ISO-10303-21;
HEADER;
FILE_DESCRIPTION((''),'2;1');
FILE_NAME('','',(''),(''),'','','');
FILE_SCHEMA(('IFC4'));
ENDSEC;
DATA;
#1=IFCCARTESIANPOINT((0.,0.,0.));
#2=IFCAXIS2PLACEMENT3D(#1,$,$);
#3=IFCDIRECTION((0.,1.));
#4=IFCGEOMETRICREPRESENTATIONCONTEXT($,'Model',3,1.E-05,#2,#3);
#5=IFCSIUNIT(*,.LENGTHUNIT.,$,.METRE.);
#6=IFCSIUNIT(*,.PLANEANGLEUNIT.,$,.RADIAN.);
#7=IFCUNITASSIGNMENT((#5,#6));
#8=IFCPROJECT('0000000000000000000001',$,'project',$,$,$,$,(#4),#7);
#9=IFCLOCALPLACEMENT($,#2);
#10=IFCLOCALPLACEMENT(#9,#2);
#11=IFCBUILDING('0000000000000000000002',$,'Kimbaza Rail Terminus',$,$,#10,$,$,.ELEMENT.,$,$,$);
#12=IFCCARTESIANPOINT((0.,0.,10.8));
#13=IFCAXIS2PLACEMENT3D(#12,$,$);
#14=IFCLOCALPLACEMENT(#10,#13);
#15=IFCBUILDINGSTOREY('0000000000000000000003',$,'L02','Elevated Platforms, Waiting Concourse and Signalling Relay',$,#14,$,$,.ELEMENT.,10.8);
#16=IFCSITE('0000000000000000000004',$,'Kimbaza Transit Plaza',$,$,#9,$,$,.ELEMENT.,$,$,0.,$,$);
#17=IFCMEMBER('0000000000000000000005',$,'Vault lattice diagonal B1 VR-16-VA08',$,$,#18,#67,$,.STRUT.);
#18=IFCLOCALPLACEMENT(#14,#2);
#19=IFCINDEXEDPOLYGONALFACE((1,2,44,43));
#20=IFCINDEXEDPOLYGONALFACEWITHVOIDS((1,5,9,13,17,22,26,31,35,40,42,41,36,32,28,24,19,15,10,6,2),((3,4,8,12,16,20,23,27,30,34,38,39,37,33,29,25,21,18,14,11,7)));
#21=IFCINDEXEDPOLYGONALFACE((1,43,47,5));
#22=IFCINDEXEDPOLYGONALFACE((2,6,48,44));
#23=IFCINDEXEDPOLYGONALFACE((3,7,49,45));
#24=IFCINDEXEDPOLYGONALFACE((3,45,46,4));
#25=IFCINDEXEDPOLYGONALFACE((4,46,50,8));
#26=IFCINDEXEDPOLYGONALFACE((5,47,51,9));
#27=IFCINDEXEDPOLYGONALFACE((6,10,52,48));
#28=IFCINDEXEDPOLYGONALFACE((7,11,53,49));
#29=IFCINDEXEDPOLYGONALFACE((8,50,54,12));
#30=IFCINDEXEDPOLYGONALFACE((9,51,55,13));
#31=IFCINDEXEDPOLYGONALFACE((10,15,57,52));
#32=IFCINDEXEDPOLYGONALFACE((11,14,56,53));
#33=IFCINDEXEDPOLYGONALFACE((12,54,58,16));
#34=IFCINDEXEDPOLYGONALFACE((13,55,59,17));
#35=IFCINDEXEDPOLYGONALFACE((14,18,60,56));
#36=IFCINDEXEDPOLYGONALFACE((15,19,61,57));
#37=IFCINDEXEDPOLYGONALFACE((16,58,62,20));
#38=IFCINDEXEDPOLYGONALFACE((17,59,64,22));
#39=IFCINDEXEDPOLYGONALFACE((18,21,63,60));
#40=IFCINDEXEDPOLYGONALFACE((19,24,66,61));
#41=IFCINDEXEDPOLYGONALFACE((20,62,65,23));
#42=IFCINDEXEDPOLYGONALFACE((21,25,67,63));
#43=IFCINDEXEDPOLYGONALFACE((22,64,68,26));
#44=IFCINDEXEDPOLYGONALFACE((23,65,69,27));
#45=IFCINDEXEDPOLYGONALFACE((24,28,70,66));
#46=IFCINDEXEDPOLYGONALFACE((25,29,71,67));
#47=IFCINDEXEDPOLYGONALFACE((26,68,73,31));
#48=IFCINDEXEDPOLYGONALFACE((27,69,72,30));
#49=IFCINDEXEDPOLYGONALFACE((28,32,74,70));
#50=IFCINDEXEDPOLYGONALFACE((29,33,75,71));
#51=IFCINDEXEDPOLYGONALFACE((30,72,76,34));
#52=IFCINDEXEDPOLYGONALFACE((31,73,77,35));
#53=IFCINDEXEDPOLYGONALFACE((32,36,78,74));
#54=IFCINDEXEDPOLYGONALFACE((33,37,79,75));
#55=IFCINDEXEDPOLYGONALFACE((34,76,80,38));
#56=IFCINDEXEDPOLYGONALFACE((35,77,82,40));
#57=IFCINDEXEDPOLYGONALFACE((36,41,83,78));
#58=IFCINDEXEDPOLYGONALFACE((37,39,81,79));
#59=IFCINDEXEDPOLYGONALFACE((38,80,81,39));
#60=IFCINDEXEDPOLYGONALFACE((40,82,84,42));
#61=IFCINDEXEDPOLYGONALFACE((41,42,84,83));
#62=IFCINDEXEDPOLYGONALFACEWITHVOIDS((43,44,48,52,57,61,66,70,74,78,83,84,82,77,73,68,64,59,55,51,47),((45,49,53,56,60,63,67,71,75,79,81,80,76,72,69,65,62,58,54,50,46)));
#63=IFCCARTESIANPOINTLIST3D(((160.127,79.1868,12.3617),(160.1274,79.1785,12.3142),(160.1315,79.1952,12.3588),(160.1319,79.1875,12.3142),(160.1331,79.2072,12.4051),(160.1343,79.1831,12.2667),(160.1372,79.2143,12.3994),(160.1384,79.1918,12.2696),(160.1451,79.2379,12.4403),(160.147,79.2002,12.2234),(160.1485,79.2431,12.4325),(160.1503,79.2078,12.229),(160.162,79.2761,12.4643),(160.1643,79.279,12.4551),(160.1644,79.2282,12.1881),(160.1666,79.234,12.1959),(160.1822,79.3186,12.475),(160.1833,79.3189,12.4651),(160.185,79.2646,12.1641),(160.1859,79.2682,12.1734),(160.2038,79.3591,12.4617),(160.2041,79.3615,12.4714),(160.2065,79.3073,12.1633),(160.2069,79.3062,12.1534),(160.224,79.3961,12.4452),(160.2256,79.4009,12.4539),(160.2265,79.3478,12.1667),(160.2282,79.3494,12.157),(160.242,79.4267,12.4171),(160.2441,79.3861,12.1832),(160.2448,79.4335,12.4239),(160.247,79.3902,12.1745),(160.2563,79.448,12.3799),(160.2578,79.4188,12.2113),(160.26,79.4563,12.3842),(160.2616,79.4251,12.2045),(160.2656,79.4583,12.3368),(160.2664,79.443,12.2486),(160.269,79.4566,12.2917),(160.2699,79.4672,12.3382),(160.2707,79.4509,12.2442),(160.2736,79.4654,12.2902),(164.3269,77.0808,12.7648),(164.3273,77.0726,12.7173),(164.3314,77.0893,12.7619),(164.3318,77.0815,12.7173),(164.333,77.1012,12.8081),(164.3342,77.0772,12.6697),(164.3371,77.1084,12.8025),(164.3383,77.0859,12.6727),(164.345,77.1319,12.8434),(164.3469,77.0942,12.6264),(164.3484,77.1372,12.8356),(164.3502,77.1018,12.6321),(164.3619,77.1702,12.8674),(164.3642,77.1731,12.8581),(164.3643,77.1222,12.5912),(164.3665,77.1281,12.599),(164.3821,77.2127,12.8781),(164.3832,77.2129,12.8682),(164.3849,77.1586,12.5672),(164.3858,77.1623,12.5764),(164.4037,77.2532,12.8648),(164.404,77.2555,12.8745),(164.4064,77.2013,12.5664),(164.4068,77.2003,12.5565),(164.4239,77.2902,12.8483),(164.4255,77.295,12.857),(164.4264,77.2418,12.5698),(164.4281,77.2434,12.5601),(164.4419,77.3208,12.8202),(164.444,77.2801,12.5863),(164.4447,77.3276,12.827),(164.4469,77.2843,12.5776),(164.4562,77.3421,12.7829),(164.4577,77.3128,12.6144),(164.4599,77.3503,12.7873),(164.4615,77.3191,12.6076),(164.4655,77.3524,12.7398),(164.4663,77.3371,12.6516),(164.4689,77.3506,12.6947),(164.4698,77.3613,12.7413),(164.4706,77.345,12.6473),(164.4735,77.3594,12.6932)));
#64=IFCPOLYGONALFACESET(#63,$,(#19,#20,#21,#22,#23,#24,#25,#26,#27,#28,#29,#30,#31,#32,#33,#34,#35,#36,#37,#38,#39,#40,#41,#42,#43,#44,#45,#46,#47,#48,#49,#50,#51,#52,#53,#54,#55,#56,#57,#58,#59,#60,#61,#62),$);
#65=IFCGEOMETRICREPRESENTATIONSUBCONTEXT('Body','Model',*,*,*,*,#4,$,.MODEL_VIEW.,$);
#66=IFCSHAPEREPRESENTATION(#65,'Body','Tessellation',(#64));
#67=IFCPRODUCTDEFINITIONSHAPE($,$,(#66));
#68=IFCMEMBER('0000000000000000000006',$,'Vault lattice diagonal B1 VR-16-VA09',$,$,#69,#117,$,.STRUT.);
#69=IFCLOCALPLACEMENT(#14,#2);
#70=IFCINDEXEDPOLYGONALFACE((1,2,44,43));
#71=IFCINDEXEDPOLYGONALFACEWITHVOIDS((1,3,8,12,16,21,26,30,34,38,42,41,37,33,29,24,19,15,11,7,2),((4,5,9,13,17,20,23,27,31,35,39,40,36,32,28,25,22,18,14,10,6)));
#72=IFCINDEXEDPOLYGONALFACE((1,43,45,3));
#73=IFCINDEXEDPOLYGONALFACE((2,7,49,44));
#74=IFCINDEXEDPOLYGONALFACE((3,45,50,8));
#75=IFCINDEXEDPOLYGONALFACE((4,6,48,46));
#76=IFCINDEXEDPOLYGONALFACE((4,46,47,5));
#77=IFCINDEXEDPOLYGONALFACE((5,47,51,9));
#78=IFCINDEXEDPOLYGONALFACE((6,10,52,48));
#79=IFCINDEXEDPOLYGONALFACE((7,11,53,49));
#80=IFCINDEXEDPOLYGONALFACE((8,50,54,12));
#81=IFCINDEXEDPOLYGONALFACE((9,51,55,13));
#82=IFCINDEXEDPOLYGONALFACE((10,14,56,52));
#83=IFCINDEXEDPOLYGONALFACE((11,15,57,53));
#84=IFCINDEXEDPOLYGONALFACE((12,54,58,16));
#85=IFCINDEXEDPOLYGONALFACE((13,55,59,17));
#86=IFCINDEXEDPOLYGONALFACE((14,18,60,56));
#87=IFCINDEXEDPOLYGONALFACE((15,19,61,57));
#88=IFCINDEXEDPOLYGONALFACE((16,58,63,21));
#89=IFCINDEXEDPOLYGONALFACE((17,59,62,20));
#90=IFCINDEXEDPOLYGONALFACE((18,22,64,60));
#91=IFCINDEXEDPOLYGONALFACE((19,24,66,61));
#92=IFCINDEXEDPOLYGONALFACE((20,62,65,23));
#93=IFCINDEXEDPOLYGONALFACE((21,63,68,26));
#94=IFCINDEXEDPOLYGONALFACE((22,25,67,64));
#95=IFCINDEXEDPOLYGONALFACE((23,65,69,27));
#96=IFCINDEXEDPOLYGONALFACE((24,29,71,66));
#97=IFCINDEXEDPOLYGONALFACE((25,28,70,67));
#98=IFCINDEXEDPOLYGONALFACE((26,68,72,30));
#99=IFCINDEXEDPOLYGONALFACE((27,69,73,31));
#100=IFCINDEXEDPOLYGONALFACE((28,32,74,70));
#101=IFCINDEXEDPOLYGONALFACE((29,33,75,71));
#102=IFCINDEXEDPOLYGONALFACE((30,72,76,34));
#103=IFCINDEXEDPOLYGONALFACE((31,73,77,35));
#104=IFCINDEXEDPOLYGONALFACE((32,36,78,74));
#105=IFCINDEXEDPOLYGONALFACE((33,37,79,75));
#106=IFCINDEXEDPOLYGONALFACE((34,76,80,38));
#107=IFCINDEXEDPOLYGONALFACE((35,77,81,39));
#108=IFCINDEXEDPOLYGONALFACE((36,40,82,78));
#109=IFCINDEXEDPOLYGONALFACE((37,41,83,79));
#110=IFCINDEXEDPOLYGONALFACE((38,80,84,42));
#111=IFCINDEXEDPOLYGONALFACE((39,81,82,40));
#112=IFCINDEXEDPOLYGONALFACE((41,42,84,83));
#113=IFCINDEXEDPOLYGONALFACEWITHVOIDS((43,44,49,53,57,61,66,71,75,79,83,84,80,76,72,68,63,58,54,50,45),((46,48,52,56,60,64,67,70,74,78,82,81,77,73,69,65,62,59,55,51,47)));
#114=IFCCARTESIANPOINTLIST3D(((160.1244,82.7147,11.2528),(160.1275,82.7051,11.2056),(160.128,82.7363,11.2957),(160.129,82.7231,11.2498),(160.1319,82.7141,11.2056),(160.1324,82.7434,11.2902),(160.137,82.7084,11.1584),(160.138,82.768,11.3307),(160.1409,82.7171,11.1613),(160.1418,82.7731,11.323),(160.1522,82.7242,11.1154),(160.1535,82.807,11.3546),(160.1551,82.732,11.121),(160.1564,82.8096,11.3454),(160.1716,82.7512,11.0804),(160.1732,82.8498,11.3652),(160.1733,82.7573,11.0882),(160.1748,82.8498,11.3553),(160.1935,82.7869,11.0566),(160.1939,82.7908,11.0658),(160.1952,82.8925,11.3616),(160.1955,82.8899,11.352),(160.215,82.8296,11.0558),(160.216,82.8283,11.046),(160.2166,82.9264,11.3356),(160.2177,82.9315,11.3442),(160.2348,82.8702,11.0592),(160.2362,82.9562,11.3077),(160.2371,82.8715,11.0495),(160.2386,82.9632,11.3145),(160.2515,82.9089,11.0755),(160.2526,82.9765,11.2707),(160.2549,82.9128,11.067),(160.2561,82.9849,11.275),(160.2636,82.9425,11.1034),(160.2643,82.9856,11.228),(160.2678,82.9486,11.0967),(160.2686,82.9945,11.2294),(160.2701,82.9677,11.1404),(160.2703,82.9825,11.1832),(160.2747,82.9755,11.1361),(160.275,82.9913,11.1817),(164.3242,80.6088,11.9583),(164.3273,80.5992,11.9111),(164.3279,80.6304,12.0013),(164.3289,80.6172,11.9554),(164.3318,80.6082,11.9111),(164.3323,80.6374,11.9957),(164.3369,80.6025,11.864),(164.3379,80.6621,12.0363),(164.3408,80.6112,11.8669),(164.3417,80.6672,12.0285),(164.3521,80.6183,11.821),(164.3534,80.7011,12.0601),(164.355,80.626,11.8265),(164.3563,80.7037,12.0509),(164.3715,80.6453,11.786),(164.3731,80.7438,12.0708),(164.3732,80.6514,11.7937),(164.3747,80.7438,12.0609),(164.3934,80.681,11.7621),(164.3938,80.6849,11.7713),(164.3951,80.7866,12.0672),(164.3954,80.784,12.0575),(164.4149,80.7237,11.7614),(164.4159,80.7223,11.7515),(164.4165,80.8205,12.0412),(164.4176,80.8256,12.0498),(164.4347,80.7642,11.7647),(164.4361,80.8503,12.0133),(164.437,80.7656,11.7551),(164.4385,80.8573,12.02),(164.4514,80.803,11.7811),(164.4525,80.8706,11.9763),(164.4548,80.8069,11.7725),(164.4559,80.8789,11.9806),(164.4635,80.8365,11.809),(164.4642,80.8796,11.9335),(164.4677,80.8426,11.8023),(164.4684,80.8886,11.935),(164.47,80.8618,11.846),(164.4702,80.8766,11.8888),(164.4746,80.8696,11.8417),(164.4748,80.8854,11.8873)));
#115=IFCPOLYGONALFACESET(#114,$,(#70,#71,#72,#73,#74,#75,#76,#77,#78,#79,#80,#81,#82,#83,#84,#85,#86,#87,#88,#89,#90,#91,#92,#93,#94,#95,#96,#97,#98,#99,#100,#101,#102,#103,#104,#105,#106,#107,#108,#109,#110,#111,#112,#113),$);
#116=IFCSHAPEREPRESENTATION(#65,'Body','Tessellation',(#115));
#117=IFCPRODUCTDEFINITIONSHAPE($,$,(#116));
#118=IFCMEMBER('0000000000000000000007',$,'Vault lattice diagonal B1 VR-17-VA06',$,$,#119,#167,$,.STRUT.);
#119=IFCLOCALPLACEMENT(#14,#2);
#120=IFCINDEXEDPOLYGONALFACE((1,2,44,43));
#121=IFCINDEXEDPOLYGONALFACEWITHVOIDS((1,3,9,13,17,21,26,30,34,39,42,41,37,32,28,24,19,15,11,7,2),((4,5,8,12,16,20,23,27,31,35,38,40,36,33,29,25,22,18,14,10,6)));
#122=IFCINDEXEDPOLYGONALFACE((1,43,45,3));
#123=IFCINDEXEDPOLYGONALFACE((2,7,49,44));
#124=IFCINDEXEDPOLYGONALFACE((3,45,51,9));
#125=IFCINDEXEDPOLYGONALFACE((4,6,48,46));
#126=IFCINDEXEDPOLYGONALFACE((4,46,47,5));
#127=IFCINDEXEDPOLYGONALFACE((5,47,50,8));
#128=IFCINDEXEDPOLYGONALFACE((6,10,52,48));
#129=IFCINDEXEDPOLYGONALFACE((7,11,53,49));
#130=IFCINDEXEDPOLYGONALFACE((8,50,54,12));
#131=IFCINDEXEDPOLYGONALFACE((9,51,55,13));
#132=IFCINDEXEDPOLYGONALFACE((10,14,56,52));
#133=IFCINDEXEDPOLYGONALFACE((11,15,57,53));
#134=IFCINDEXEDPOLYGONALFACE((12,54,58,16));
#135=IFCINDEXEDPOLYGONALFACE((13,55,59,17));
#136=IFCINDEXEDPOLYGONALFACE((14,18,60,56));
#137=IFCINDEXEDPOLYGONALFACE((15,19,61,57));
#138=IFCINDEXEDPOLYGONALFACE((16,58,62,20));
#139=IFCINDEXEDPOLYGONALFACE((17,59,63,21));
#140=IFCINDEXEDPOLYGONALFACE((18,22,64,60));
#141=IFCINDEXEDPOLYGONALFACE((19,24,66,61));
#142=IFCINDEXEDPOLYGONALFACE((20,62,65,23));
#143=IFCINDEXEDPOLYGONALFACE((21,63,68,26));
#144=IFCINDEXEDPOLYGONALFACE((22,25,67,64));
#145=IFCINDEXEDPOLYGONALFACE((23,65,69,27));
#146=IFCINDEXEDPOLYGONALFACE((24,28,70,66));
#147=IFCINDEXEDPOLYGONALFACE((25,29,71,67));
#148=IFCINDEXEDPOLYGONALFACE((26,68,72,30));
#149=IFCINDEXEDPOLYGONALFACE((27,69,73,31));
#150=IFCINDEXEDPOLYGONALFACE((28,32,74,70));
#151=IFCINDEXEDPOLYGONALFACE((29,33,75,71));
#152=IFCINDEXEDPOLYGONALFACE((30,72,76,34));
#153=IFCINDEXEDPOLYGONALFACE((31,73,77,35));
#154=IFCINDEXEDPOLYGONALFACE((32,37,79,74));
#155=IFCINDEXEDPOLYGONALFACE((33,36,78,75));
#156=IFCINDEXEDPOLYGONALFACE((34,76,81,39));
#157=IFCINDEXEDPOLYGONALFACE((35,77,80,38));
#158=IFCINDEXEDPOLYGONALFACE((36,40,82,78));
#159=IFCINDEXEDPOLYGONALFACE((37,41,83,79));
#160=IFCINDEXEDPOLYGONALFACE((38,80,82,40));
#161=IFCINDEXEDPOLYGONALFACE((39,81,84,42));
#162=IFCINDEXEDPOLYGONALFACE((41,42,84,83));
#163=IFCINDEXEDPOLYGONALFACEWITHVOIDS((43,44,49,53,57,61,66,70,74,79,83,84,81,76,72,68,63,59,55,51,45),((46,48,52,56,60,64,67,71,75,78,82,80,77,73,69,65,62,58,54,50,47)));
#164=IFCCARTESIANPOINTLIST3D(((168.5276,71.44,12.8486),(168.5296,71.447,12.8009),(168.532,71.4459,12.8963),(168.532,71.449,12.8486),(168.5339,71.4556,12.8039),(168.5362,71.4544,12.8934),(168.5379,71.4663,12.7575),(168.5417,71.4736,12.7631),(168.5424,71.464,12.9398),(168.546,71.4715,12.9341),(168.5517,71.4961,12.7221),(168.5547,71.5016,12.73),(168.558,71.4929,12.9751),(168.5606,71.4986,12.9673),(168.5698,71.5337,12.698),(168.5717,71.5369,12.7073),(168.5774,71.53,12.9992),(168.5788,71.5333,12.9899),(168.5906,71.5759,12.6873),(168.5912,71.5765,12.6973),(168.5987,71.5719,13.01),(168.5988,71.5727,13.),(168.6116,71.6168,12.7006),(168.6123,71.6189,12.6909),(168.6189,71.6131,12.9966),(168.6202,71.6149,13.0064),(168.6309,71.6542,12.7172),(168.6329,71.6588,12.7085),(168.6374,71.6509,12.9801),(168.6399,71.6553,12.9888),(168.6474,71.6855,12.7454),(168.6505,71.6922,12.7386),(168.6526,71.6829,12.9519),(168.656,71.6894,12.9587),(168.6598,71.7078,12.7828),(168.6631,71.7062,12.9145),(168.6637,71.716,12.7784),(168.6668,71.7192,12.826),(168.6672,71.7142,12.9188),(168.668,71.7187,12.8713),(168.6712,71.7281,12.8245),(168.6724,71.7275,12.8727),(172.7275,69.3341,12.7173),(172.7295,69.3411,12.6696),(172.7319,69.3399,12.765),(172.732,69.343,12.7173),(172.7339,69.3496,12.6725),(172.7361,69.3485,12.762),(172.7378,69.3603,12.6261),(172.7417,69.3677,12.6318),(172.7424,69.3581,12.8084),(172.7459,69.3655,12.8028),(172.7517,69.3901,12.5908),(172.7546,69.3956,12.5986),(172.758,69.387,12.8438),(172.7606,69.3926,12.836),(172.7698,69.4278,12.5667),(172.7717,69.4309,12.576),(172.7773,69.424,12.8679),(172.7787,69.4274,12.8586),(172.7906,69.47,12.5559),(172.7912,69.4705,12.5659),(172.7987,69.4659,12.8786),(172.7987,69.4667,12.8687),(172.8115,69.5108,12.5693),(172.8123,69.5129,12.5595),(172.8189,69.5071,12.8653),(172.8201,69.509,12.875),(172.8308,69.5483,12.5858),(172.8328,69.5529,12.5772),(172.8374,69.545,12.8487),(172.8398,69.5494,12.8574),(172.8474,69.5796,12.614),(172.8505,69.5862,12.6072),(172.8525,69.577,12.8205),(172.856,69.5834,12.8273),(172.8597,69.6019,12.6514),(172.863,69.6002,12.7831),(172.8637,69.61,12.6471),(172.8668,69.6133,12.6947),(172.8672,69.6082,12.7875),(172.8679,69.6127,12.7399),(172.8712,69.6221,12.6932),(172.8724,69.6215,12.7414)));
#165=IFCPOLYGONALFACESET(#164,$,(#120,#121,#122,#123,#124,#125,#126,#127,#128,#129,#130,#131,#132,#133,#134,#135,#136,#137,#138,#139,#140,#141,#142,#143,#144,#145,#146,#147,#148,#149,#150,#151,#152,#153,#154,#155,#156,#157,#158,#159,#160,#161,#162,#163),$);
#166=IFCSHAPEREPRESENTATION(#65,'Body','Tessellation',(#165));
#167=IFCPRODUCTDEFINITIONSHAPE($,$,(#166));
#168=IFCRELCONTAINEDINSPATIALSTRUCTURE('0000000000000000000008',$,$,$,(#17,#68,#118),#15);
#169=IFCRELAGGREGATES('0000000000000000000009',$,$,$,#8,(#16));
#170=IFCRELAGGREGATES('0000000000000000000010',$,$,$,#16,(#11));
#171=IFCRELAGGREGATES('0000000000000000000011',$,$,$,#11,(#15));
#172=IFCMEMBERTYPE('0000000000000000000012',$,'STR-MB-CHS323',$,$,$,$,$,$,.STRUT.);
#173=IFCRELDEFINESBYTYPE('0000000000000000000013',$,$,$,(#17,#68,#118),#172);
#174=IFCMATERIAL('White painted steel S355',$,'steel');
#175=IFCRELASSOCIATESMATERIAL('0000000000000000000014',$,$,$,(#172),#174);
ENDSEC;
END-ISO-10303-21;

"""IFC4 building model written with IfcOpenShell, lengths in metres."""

from ifc_helpers import new_model, si_unit, direction, frame, origin, origin_2d, place, context, subcontext, project, spatial, hollow_circle, extrude, material, material_profile, profile_set, type_object, element, save


model = new_model("IFC4")

# Units and contexts
model_context = context("Model", 3, precision=1e-05, world=origin(), true_north=direction((0.0, 1.0)))
body_context = subcontext(model_context, "Body", "Model", "MODEL_VIEW")
ifc_project = project(units=[si_unit("LENGTHUNIT", "METRE"), si_unit("PLANEANGLEUNIT", "RADIAN")], contexts=[model_context])

# Site, building, storey
site_placement = place(None, origin())
site = spatial("IfcSite", under=ifc_project, at=site_placement, Name="Kimbaza Transit Plaza", CompositionType="ELEMENT", RefElevation=0.0)
building_placement = place(site_placement, origin())
building = spatial("IfcBuilding", under=site, at=building_placement, Name="Kimbaza Rail Terminus", CompositionType="ELEMENT")
storey_placement = place(building_placement, frame((0.0, 0.0, 10.8)))
storey = spatial("IfcBuildingStorey", under=building, at=storey_placement, Name="L02", Description="Elevated Platforms, Waiting Concourse and Signalling Relay", CompositionType="ELEMENT", Elevation=10.8)

# Members
ifc_material_1 = material(Name="White painted steel S355", Category="steel")
ifc_material_profile_1 = material_profile(ifc_material_1, hollow_circle(Radius=0.1619, WallThickness=0.01, at=origin_2d()), Name="CHS 323.9x10")
ifc_profile_set_1 = profile_set([ifc_material_profile_1], Name="White painted steel S355")
member_type_1 = type_object("IfcMemberType", Name="STR-MB-CHS323", PredefinedType="STRUT", material=ifc_profile_set_1)
member_1_placement = place(storey_placement, frame((164.3999, 77.2173, 12.7173), z_axis=(-0.890646, 0.446591, -0.085477), x_axis=(-0.448232, -0.893917, 0.0)))
element("IfcMember", 1, at=member_1_placement, inside=storey, type_object=member_type_1, Name="Vault lattice diagonal B1 VR-16-VA08", PredefinedType="STRUT", context=body_context, shape_type="SweptSolid", body=[
    extrude(hollow_circle(Radius=0.1619, WallThickness=0.01, at=origin_2d()), origin(), (0.0, 0.0, 1.0), 4.7156),
])
member_2_placement = place(storey_placement, frame((164.3999, 80.7439, 11.9111), z_axis=(-0.884005, 0.443261, -0.148507), x_axis=(-0.448232, -0.893917, 0.0)))
element("IfcMember", 2, at=member_2_placement, inside=storey, type_object=member_type_1, Name="Vault lattice diagonal B1 VR-16-VA09", PredefinedType="STRUT", context=body_context, shape_type="SweptSolid", body=[
    extrude(hollow_circle(Radius=0.1619, WallThickness=0.01, at=origin_2d()), origin(), (0.0, 0.0, 1.0), 4.751),
])
member_3_placement = place(storey_placement, frame((172.8, 69.4788, 12.7173), z_axis=(-0.893568, 0.448057, 0.027945), x_axis=(-0.448232, -0.893917, 0.0)))
element("IfcMember", 3, at=member_3_placement, inside=storey, type_object=member_type_1, Name="Vault lattice diagonal B1 VR-17-VA06", PredefinedType="STRUT", context=body_context, shape_type="SweptSolid", body=[
    extrude(hollow_circle(Radius=0.1619, WallThickness=0.01, at=origin_2d()), origin(), (0.0, 0.0, 1.0), 4.7002),
])

save(model, "model.ifc")
